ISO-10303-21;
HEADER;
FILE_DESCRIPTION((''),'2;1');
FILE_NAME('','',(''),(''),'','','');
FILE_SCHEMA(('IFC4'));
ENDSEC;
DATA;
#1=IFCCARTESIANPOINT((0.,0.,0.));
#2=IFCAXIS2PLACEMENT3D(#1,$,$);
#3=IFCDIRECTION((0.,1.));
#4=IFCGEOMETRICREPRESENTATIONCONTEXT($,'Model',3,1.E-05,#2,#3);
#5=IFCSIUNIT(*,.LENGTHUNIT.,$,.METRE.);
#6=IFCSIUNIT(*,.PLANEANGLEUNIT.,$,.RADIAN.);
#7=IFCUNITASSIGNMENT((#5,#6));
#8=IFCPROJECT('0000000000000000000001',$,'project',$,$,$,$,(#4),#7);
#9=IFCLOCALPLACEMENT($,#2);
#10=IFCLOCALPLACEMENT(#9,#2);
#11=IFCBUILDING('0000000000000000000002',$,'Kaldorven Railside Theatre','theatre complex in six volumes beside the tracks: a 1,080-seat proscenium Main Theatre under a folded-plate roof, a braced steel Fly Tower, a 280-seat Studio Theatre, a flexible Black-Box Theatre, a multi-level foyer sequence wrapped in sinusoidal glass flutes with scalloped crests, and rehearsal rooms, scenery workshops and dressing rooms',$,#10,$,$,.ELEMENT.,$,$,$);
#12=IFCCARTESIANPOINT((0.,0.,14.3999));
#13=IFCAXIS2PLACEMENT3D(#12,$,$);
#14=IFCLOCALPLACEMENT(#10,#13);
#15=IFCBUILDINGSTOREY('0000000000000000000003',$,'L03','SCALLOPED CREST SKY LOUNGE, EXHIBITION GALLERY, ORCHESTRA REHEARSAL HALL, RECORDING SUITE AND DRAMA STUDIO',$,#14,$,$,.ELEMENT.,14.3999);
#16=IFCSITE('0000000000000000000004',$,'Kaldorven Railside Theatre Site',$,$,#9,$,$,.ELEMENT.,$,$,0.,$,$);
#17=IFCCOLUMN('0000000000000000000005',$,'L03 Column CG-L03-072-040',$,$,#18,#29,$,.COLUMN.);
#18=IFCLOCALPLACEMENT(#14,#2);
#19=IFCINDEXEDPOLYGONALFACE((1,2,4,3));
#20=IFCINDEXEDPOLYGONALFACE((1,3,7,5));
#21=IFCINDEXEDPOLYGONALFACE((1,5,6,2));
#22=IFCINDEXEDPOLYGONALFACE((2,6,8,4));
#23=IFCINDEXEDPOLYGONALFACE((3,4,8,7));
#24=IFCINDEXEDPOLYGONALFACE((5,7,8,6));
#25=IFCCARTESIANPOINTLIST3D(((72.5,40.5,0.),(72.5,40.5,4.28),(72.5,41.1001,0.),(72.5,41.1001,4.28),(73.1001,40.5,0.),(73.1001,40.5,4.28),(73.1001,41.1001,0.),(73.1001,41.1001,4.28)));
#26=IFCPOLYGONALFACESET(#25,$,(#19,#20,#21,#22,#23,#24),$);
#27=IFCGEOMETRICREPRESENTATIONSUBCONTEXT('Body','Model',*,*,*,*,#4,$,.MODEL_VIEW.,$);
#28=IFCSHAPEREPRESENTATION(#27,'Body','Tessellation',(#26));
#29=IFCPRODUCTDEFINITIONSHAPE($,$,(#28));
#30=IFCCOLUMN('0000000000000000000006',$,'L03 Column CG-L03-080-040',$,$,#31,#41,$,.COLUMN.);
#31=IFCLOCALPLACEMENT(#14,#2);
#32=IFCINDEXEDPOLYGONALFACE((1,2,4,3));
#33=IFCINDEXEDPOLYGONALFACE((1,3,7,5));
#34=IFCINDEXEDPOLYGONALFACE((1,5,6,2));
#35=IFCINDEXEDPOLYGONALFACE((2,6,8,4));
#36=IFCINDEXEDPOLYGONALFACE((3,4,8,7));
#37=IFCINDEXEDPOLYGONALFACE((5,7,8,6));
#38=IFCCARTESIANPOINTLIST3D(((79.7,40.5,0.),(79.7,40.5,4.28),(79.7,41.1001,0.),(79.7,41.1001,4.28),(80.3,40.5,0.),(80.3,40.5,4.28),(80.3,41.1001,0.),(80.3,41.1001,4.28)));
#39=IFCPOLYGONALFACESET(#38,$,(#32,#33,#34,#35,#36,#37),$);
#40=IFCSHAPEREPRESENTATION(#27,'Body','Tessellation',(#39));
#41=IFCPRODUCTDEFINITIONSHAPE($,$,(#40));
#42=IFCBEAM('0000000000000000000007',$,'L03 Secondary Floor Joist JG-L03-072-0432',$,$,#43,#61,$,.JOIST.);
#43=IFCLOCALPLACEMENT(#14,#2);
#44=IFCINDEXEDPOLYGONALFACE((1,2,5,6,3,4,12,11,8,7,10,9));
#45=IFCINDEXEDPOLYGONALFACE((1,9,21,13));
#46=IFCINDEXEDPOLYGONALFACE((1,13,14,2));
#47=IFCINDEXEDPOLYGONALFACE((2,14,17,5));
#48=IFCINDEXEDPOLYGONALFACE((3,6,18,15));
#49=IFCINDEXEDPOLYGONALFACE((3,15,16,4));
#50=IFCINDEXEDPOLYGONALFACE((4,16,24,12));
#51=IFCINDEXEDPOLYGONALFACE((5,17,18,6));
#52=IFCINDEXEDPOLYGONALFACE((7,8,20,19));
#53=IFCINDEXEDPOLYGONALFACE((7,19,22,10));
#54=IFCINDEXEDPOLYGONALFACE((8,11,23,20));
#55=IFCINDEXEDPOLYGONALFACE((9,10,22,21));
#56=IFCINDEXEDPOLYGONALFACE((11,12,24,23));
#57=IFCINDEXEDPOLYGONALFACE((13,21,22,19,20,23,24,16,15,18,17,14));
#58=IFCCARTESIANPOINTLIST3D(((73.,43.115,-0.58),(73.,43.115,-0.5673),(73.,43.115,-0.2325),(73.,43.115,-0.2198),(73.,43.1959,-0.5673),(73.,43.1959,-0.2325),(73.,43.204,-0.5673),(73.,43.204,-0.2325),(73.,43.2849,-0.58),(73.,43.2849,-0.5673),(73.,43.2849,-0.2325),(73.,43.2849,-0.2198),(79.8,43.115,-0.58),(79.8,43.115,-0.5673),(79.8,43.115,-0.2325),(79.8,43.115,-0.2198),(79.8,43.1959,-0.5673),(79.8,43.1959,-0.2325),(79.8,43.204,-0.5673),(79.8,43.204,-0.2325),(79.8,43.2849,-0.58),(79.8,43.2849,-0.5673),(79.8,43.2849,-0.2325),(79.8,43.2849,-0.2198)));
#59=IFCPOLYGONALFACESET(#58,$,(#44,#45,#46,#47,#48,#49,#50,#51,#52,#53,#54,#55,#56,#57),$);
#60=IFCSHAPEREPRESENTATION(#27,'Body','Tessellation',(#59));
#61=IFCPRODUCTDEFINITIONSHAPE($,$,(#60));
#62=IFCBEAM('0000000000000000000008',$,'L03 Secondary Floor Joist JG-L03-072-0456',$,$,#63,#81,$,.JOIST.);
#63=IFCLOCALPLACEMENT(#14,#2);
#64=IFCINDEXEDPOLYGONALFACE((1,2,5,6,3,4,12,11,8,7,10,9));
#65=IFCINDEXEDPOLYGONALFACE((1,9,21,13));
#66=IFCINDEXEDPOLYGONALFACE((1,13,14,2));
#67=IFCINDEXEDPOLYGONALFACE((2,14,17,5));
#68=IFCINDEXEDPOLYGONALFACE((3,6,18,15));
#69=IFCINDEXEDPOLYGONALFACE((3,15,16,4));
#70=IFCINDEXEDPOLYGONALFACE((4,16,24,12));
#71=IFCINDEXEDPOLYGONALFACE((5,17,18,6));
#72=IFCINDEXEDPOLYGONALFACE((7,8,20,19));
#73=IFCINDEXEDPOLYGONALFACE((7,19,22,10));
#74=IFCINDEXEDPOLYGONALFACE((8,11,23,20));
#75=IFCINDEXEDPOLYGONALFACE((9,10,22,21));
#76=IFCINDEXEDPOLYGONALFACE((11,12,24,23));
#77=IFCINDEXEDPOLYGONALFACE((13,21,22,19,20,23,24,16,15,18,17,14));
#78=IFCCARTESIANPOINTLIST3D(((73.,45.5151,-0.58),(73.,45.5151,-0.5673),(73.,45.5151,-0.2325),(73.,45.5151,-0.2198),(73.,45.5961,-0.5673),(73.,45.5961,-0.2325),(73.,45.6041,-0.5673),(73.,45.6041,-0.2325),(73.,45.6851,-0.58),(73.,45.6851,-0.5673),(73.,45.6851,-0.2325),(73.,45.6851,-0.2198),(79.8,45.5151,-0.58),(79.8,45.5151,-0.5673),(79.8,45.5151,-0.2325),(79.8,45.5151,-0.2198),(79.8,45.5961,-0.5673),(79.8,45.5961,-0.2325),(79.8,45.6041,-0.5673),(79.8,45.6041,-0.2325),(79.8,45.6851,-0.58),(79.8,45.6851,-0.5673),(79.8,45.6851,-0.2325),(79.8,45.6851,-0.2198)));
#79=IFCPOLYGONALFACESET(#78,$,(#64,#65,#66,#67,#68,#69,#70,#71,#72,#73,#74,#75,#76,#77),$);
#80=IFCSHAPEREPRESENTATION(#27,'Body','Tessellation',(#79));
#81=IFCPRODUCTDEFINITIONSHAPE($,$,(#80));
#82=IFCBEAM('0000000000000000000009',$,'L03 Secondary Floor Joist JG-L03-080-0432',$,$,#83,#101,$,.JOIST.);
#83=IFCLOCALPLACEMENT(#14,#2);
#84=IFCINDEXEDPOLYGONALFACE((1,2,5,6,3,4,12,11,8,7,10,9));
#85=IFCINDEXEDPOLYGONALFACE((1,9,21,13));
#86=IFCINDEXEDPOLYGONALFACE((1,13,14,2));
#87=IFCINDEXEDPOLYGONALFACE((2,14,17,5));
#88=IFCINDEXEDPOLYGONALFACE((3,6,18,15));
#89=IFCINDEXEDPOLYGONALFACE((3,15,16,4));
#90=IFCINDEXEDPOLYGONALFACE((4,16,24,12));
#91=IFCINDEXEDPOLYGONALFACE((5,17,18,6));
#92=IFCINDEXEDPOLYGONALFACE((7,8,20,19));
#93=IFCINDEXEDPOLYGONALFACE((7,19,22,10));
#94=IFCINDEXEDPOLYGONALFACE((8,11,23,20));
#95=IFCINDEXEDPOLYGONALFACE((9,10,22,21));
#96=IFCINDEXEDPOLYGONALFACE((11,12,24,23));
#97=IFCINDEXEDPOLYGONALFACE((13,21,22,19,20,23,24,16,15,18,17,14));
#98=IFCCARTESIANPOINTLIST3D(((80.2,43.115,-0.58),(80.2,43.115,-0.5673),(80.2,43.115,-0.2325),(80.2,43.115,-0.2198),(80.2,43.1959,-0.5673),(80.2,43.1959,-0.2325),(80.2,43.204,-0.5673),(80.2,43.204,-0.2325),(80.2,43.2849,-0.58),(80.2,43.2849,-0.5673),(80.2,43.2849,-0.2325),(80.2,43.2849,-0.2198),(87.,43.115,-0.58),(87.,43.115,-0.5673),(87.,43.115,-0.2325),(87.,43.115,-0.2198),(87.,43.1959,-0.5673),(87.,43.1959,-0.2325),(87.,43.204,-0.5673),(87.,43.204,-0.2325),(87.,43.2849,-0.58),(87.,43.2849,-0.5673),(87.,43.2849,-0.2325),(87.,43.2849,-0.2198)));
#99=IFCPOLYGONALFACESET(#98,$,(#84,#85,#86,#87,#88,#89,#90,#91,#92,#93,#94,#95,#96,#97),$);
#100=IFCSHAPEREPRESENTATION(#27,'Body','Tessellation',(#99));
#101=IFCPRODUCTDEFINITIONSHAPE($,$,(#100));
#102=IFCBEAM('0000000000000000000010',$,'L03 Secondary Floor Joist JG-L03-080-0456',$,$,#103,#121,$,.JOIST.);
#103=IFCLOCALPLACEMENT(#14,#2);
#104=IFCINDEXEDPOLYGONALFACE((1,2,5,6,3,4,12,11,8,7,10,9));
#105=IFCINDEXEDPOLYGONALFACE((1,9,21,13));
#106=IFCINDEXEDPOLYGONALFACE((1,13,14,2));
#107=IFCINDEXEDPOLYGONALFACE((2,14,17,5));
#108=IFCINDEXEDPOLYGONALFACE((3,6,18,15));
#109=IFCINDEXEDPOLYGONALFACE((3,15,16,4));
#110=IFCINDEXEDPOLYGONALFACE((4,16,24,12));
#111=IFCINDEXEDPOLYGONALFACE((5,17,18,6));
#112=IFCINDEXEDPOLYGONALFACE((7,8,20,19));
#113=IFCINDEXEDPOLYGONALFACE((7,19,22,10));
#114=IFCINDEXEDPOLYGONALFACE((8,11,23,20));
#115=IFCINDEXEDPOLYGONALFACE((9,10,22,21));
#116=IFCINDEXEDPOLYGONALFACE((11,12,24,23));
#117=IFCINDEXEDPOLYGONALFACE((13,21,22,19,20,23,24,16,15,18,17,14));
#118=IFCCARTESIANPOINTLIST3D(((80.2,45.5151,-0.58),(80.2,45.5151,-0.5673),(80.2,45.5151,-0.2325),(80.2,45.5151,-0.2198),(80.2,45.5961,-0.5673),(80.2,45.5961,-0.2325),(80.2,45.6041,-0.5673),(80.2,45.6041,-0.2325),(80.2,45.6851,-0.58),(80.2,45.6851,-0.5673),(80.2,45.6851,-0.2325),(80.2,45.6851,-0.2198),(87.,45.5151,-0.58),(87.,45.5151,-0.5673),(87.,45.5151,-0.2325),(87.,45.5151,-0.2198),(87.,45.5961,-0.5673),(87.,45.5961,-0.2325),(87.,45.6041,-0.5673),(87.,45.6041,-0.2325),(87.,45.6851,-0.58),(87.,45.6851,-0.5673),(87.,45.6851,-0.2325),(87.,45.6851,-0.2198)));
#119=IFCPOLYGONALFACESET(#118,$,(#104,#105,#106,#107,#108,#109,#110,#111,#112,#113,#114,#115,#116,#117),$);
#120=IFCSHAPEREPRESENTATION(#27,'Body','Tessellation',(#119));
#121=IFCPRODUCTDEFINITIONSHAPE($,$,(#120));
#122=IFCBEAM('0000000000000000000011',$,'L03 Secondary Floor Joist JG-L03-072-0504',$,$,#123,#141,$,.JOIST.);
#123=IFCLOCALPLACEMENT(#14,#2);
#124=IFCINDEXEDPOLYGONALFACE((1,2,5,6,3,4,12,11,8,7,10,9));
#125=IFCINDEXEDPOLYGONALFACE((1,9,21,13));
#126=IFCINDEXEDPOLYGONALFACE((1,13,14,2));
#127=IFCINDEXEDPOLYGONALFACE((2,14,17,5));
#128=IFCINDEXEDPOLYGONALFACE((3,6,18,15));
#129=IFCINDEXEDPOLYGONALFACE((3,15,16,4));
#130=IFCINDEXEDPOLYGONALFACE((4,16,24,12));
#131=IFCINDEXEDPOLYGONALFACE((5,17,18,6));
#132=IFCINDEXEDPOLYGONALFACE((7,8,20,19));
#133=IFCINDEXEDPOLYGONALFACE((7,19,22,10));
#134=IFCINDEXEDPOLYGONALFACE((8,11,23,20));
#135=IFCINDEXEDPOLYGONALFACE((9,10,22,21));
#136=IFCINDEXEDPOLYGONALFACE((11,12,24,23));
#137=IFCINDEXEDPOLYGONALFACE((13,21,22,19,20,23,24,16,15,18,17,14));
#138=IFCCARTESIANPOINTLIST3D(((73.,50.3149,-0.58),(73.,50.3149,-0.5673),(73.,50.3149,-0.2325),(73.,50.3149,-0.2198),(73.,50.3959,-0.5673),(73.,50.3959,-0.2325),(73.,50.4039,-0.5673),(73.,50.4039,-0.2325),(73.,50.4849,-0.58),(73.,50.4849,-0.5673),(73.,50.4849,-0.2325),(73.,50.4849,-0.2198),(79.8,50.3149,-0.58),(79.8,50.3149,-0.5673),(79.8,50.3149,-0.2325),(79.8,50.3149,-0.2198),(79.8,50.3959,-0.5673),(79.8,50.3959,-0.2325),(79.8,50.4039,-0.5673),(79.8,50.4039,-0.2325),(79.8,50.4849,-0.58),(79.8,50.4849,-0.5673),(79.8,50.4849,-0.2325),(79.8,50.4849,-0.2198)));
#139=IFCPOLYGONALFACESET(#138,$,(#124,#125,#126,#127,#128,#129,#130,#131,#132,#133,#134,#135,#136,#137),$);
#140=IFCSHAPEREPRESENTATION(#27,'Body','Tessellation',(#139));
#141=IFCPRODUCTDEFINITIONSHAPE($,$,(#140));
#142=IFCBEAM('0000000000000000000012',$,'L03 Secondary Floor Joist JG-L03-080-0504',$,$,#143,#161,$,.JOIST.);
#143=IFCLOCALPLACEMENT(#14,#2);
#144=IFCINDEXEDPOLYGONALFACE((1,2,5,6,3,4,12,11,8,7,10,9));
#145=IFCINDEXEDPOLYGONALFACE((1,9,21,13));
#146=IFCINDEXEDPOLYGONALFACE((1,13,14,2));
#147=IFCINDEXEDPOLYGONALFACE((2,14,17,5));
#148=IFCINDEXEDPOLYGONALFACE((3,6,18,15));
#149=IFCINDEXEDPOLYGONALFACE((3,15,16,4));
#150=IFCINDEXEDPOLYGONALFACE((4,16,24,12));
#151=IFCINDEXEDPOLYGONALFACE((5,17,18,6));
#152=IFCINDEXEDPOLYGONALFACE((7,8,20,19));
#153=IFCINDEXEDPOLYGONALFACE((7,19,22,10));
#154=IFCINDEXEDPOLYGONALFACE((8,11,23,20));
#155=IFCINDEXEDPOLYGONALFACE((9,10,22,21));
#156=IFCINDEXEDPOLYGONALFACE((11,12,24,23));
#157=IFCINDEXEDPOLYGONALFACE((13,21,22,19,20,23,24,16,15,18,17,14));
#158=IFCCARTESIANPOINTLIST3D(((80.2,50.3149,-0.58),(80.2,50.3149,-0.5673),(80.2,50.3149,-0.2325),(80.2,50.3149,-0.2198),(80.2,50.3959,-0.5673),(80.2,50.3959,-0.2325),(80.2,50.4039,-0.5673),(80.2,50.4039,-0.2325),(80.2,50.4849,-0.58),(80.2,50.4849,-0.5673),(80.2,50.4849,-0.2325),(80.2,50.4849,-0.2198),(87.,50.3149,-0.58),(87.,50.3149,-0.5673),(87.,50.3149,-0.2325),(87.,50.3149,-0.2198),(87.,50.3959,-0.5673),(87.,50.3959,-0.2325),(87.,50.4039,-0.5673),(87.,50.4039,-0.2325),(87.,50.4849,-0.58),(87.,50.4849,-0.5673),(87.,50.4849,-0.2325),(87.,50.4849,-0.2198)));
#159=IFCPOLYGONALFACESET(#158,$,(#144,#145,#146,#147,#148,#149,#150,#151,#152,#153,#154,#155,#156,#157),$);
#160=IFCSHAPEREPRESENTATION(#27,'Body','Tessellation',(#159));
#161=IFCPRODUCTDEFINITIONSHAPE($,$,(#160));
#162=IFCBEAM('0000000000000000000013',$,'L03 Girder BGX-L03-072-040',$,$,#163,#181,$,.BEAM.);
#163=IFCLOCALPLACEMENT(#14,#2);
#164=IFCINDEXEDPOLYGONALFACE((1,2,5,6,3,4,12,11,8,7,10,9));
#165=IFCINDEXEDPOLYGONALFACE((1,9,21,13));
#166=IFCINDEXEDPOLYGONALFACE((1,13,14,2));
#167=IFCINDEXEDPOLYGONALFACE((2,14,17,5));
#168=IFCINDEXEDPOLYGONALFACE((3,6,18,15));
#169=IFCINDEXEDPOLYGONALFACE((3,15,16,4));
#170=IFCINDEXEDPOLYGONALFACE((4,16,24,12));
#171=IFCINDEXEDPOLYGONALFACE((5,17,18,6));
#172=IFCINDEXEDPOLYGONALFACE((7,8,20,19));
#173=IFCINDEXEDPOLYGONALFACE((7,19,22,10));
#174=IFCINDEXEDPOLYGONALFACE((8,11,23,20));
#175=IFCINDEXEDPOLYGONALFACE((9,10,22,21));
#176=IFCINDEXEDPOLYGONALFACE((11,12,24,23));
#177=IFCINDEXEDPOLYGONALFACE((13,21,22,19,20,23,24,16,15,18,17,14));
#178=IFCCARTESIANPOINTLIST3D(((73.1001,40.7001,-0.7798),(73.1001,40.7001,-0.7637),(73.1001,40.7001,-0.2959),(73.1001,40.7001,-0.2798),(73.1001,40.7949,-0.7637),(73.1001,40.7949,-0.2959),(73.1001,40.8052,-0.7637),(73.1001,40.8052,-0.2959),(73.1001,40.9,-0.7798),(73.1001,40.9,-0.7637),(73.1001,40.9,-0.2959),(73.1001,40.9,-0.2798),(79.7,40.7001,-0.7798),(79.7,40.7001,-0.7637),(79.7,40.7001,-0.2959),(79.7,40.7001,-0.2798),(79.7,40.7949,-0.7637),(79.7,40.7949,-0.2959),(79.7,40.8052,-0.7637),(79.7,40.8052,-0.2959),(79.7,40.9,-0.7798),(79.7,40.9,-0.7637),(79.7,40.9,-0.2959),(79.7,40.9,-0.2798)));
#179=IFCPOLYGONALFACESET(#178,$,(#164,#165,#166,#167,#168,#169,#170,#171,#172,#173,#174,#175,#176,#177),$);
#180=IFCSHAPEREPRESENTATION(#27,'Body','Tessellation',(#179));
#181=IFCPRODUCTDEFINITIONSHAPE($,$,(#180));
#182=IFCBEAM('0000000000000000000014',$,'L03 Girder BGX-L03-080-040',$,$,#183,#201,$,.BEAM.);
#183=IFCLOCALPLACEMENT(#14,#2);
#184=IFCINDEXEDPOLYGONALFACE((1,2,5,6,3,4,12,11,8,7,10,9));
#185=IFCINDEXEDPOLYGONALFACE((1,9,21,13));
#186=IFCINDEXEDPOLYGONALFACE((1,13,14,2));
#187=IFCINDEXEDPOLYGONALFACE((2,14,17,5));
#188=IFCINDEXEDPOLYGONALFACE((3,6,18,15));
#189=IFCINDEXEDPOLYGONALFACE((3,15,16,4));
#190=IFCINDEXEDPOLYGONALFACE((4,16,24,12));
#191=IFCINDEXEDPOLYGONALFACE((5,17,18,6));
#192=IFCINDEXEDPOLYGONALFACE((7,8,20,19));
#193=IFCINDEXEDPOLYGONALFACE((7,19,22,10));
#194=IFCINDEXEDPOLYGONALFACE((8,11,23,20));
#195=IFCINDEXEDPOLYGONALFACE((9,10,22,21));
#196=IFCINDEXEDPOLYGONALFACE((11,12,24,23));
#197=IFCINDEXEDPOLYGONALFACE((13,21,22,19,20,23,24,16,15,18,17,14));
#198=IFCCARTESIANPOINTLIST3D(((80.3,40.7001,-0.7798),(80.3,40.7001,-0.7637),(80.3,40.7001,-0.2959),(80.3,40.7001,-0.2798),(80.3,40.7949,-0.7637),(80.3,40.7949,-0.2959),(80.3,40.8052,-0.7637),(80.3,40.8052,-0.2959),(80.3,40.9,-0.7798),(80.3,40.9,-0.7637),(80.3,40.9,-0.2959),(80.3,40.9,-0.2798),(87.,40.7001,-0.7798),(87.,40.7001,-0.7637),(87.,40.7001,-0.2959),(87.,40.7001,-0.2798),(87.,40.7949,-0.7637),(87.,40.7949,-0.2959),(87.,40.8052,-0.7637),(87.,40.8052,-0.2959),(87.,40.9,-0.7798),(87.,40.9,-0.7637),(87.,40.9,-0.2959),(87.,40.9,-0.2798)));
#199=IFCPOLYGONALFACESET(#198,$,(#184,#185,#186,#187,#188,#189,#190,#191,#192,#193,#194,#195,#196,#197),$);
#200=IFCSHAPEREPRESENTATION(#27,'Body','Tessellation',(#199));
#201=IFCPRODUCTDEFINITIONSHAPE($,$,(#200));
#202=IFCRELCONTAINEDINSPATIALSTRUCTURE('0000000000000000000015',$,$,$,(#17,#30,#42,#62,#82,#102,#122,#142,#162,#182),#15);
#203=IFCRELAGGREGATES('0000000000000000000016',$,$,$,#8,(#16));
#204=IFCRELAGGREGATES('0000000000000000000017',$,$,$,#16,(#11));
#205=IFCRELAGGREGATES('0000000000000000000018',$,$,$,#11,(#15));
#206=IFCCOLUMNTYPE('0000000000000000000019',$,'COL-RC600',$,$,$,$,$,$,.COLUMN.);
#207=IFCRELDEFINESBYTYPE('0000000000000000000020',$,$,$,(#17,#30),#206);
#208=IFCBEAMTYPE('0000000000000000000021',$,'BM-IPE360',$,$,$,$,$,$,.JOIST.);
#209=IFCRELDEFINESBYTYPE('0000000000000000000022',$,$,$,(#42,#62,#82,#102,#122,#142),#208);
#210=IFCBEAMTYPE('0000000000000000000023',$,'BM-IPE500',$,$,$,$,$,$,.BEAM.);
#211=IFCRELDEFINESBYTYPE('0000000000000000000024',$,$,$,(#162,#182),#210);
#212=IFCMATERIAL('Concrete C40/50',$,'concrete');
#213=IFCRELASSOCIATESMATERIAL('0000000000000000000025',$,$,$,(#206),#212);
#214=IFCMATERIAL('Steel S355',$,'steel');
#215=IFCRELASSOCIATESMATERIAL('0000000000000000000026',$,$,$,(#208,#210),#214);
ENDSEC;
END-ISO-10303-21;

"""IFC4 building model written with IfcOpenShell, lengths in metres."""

from ifc_helpers import new_model, si_unit, direction, frame, origin, origin_2d, place, context, subcontext, project, spatial, rectangle, i_section, extrude, material, material_profile, profile_set, type_object, element, save


model = new_model("IFC4")

# Units and contexts
model_context = context("Model", 3, precision=1e-05, world=origin(), true_north=direction((0.0, 1.0)))
body_context = subcontext(model_context, "Body", "Model", "MODEL_VIEW")
ifc_project = project(units=[si_unit("LENGTHUNIT", "METRE"), si_unit("PLANEANGLEUNIT", "RADIAN")], contexts=[model_context])

# Site, building, storey
site_placement = place(None, origin())
site = spatial("IfcSite", under=ifc_project, at=site_placement, Name="Kaldorven Railside Theatre Site", CompositionType="ELEMENT", RefElevation=0.0)
building_placement = place(site_placement, origin())
building = spatial("IfcBuilding", under=site, at=building_placement, Name="Kaldorven Railside Theatre", Description="theatre complex in six volumes beside the tracks: a 1,080-seat proscenium Main Theatre under a folded-plate roof, a braced steel Fly Tower, a 280-seat Studio Theatre, a flexible Black-Box Theatre, a multi-level foyer sequence wrapped in sinusoidal glass flutes with scalloped crests, and rehearsal rooms, scenery workshops and dressing rooms", CompositionType="ELEMENT")
storey_placement = place(building_placement, frame((0.0, 0.0, 14.3999)))
storey = spatial("IfcBuildingStorey", under=building, at=storey_placement, Name="L03", Description="SCALLOPED CREST SKY LOUNGE, EXHIBITION GALLERY, ORCHESTRA REHEARSAL HALL, RECORDING SUITE AND DRAMA STUDIO", CompositionType="ELEMENT", Elevation=14.3999)

# Columns
ifc_material_1 = material(Name="Concrete C40/50", Category="concrete")
ifc_material_profile_1 = material_profile(ifc_material_1, rectangle(XDim=0.6001, YDim=0.6001, at=origin_2d()), Name="RC 600x600")
ifc_profile_set_1 = profile_set([ifc_material_profile_1], Name="Concrete C40/50")
column_type = type_object("IfcColumnType", Name="COL-RC600", PredefinedType="COLUMN", material=ifc_profile_set_1)
for number, where, z_axis, x_axis, name in (
    (1, (72.8, 40.8, 0.0), (0.0, 0.0, 1.0), (0.0, 1.0, 0.0), "L03 Column CG-L03-072-040"),
    (2, (80.0, 40.8, 0.0), (0.0, 0.0, 1.0), (1.0, 0.0, 0.0), "L03 Column CG-L03-080-040"),
):
    element("IfcColumn", number, at=place(storey_placement, frame(where, z_axis=z_axis, x_axis=x_axis)), inside=storey, type_object=column_type, Name=name, PredefinedType="COLUMN", context=body_context, shape_type="SweptSolid", body=[
        extrude(rectangle(XDim=0.6001, YDim=0.6001, at=origin_2d()), origin(), (0.0, 0.0, 1.0), 4.28),
    ])

# Beams
ifc_material_2 = material(Name="Steel S355", Category="steel")
ifc_material_profile_2 = material_profile(ifc_material_2, i_section(OverallWidth=0.1699, OverallDepth=0.3601, WebThickness=0.0081, FlangeThickness=0.0127, at=origin_2d()), Name="IPE 360")
ifc_profile_set_2 = profile_set([ifc_material_profile_2], Name="Steel S355")
beam_type_1 = type_object("IfcBeamType", Name="BM-IPE360", PredefinedType="JOIST", material=ifc_profile_set_2)
for number, where, z_axis, x_axis, name in (
    (3, (73.0, 43.2, -0.3999), (1.0, 0.0, 0.0), (0.0, 1.0, 0.0), "L03 Secondary Floor Joist JG-L03-072-0432"),
    (4, (73.0, 45.6001, -0.3999), (1.0, 0.0, 0.0), (0.0, 1.0, 0.0), "L03 Secondary Floor Joist JG-L03-072-0456"),
    (5, (80.2, 43.2, -0.3999), (1.0, 0.0, 0.0), (0.0, 1.0, 0.0), "L03 Secondary Floor Joist JG-L03-080-0432"),
    (6, (80.2, 45.6001, -0.3999), (1.0, 0.0, 0.0), (0.0, 1.0, 0.0), "L03 Secondary Floor Joist JG-L03-080-0456"),
    (7, (73.0, 50.3999, -0.3999), (1.0, 0.0, 0.0), (0.0, 1.0, 0.0), "L03 Secondary Floor Joist JG-L03-072-0504"),
    (8, (80.2, 50.3999, -0.3999), (1.0, 0.0, 0.0), (0.0, 1.0, 0.0), "L03 Secondary Floor Joist JG-L03-080-0504"),
):
    element("IfcBeam", number, at=place(storey_placement, frame(where, z_axis=z_axis, x_axis=x_axis)), inside=storey, type_object=beam_type_1, Name=name, PredefinedType="JOIST", context=body_context, shape_type="SweptSolid", body=[
        extrude(i_section(OverallWidth=0.1699, OverallDepth=0.3601, WebThickness=0.0081, FlangeThickness=0.0127, at=origin_2d()), origin(), (0.0, 0.0, 1.0), 6.8),
    ])
ifc_material_profile_3 = material_profile(ifc_material_2, i_section(OverallWidth=0.2, OverallDepth=0.5, WebThickness=0.0103, FlangeThickness=0.0161, at=origin_2d()), Name="IPE 500")
ifc_profile_set_3 = profile_set([ifc_material_profile_3], Name="Steel S355")
beam_type_2 = type_object("IfcBeamType", Name="BM-IPE500", PredefinedType="BEAM", material=ifc_profile_set_3)
beam_1_placement = place(storey_placement, frame((73.1001, 40.8, -0.5298), z_axis=(1.0, 0.0, 0.0), x_axis=(0.0, 1.0, 0.0)))
element("IfcBeam", 9, at=beam_1_placement, inside=storey, type_object=beam_type_2, Name="L03 Girder BGX-L03-072-040", PredefinedType="BEAM", context=body_context, shape_type="SweptSolid", body=[
    extrude(i_section(OverallWidth=0.2, OverallDepth=0.5, WebThickness=0.0103, FlangeThickness=0.0161, at=origin_2d()), origin(), (0.0, 0.0, 1.0), 6.5999),
])
beam_2_placement = place(storey_placement, frame((80.3, 40.8, -0.5298), z_axis=(1.0, 0.0, 0.0), x_axis=(0.0, 1.0, 0.0)))
element("IfcBeam", 10, at=beam_2_placement, inside=storey, type_object=beam_type_2, Name="L03 Girder BGX-L03-080-040", PredefinedType="BEAM", context=body_context, shape_type="SweptSolid", body=[
    extrude(i_section(OverallWidth=0.2, OverallDepth=0.5, WebThickness=0.0103, FlangeThickness=0.0161, at=origin_2d()), origin(), (0.0, 0.0, 1.0), 6.7),
])

save(model, "model.ifc")
